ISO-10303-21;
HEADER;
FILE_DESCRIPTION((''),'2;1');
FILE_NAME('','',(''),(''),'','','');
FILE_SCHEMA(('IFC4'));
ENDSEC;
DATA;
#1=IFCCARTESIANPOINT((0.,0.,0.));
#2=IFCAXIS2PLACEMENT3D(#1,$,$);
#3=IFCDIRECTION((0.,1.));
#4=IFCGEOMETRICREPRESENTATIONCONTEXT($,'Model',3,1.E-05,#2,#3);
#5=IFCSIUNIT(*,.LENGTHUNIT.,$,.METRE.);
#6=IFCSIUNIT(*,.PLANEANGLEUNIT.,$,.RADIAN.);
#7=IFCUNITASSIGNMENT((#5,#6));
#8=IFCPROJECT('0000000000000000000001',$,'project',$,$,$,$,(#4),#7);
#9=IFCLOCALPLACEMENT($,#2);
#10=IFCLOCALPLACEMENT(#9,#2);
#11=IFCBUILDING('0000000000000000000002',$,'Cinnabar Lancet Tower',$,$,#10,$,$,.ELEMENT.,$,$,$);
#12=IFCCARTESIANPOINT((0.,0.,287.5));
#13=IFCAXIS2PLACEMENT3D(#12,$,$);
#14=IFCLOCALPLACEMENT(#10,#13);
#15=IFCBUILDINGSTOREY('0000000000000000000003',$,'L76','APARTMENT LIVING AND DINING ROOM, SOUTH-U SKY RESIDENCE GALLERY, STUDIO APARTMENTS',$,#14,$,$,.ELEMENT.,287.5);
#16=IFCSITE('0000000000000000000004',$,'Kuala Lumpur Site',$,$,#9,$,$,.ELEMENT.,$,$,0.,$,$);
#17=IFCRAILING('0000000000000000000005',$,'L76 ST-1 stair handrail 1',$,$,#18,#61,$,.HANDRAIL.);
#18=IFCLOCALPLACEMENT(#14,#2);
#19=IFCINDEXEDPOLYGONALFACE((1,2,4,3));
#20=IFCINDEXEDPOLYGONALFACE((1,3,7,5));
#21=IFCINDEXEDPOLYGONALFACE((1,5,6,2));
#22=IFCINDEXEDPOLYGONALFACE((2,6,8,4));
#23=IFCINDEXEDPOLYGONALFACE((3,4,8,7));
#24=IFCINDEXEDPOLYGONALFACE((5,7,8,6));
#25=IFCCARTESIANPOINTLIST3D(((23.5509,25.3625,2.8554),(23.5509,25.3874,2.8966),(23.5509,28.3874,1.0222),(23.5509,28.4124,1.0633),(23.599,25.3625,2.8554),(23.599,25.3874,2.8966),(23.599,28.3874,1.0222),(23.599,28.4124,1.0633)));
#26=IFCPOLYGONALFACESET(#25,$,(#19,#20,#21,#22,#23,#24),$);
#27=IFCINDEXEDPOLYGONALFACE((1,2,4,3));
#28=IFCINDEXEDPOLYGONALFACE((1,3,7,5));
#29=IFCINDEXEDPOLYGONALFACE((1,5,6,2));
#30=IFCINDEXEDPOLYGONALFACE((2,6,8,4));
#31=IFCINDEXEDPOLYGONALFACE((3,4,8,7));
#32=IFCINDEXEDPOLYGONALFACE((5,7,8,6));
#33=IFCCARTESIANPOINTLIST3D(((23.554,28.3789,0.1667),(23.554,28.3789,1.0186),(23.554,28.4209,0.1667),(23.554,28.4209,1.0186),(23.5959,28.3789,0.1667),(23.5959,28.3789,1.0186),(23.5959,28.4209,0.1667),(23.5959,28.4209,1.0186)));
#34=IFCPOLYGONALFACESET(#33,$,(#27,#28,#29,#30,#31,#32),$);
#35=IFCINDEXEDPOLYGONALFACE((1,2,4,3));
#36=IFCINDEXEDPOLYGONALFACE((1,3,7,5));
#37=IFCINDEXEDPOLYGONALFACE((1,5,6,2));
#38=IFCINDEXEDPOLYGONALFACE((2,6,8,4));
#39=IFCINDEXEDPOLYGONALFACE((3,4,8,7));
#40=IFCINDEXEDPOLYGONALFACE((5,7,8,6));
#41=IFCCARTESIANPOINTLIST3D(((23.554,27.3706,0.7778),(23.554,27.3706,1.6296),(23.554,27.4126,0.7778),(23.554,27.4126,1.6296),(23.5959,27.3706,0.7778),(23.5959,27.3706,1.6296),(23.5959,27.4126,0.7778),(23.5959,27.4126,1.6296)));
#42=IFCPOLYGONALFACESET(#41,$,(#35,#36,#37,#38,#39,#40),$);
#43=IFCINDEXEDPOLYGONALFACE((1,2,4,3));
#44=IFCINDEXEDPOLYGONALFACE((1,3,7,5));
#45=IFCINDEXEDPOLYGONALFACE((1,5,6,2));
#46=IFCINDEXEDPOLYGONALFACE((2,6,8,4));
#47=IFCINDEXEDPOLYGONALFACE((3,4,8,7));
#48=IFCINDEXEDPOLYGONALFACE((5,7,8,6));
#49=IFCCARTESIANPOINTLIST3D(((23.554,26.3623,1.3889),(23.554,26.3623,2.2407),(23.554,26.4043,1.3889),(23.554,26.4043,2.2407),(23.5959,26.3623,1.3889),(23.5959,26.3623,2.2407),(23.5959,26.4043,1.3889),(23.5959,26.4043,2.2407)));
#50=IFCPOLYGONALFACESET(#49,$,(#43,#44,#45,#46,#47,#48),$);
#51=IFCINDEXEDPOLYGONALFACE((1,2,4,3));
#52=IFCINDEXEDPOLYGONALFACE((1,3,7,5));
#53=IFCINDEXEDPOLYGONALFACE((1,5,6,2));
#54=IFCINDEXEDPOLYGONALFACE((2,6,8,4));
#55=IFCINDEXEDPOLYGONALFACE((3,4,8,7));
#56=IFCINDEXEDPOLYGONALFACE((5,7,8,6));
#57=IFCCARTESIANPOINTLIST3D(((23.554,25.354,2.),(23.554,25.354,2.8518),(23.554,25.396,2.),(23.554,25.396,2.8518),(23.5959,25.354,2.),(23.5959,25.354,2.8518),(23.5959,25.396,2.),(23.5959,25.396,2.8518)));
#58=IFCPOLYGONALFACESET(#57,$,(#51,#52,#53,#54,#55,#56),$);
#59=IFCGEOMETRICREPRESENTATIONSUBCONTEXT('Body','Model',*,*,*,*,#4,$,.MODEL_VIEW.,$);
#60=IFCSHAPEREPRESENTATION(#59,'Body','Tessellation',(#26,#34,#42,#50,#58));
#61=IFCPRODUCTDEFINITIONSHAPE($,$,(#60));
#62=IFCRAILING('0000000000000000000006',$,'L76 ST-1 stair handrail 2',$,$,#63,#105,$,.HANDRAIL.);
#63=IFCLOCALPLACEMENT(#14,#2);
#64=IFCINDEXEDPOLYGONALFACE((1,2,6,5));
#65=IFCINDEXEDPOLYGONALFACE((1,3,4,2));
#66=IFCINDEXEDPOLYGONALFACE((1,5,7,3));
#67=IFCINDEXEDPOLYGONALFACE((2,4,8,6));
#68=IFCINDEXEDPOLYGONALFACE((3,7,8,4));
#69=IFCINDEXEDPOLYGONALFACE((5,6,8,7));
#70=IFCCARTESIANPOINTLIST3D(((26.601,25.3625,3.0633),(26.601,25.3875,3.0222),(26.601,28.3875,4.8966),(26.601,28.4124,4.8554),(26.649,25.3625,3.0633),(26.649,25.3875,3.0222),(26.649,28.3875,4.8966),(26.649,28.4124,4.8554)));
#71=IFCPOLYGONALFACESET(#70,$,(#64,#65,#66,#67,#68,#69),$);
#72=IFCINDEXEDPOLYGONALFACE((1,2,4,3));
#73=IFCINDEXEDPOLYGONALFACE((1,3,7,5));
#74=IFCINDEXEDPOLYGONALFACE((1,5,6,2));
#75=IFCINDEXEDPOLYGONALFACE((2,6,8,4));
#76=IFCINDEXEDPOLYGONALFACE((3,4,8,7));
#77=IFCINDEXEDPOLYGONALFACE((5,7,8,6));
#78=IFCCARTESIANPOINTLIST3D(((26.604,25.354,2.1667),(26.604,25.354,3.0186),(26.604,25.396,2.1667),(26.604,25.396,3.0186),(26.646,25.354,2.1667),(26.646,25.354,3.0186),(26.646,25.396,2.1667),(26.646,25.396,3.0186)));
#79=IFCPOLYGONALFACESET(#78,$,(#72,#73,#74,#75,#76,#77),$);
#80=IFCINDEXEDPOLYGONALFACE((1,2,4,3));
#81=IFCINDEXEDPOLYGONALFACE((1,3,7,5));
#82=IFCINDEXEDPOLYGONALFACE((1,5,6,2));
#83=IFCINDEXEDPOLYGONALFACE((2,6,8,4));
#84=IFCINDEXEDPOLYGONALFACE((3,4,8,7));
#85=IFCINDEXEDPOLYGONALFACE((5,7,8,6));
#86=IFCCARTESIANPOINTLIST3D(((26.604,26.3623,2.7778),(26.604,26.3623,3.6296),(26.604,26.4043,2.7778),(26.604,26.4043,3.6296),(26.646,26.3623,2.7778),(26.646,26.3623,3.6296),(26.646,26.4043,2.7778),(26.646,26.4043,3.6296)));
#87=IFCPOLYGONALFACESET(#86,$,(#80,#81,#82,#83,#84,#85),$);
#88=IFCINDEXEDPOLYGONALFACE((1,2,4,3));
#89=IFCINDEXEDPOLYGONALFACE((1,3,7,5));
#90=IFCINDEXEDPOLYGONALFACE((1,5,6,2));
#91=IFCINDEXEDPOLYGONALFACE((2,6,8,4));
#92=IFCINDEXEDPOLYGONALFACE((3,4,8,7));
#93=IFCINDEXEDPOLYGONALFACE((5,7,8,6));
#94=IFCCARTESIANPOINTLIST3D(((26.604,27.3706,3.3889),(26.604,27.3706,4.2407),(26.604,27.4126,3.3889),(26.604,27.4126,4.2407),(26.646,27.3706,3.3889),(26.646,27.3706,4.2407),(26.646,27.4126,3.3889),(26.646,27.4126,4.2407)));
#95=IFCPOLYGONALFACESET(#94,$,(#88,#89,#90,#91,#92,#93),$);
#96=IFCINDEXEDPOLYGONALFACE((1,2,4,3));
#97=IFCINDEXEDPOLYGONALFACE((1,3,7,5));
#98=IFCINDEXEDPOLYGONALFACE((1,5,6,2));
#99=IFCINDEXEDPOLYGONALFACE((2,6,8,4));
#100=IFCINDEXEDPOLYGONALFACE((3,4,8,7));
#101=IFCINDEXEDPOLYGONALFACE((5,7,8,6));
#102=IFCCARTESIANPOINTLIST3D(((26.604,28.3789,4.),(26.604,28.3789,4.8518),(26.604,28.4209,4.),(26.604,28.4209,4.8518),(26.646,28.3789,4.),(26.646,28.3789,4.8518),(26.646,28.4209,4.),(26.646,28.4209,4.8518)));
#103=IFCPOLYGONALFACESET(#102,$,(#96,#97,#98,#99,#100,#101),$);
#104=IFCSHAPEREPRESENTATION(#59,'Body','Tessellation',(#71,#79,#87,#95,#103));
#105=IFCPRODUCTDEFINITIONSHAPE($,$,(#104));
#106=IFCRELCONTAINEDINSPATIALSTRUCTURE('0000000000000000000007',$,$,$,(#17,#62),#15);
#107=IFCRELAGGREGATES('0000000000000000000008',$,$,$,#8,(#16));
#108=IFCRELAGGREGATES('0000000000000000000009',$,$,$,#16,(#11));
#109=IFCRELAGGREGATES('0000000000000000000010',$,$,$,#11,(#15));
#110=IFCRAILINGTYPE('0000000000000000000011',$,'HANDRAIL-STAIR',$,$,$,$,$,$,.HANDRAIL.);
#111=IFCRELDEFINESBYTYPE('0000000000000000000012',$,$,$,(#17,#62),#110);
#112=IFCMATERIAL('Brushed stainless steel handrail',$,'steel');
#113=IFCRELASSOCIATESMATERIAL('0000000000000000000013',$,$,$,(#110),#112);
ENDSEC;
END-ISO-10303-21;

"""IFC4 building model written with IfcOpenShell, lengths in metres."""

from ifc_helpers import new_model, si_unit, direction, frame, origin, origin_2d, place, context, subcontext, project, spatial, rectangle, extrude, material, type_object, element, save


model = new_model("IFC4")

# Units and contexts
model_context = context("Model", 3, precision=1e-05, world=origin(), true_north=direction((0.0, 1.0)))
body_context = subcontext(model_context, "Body", "Model", "MODEL_VIEW")
ifc_project = project(units=[si_unit("LENGTHUNIT", "METRE"), si_unit("PLANEANGLEUNIT", "RADIAN")], contexts=[model_context])

# Site, building, storey
site_placement = place(None, origin())
site = spatial("IfcSite", under=ifc_project, at=site_placement, Name="Kuala Lumpur Site", CompositionType="ELEMENT", RefElevation=0.0)
building_placement = place(site_placement, origin())
building = spatial("IfcBuilding", under=site, at=building_placement, Name="Cinnabar Lancet Tower", CompositionType="ELEMENT")
storey_placement = place(building_placement, frame((0.0, 0.0, 287.5)))
storey = spatial("IfcBuildingStorey", under=building, at=storey_placement, Name="L76", Description="APARTMENT LIVING AND DINING ROOM, SOUTH-U SKY RESIDENCE GALLERY, STUDIO APARTMENTS", CompositionType="ELEMENT", Elevation=287.5)

# Railings
ifc_material_1 = material(Name="Brushed stainless steel handrail", Category="steel")
railing_type_1 = type_object("IfcRailingType", Name="HANDRAIL-STAIR", PredefinedType="HANDRAIL", material=ifc_material_1)
railing_1_placement = place(storey_placement, frame((23.575, 28.3999, 0.1667)))
element("IfcRailing", 1, at=railing_1_placement, inside=storey, type_object=railing_type_1, Name="L76 ST-1 stair handrail 1", PredefinedType="HANDRAIL", context=body_context, shape_type="SweptSolid", body=[
    extrude(rectangle(XDim=0.0481, YDim=0.0481, at=origin_2d()), frame((0.0, 0.0, 0.876), z_axis=(0.0, -0.855201, 0.518297), x_axis=(1.0, 0.0, 0.0)), (0.0, 0.0, 1.0), 3.5371),
    extrude(rectangle(XDim=0.042, YDim=0.042, at=origin_2d()), origin(), (0.0, 0.0, 1.0), 0.8518),
    extrude(rectangle(XDim=0.042, YDim=0.042, at=origin_2d()), frame((0.0, -1.0083, 0.6111)), (0.0, 0.0, 1.0), 0.8518),
    extrude(rectangle(XDim=0.042, YDim=0.042, at=origin_2d()), frame((0.0, -2.0166, 1.2222)), (0.0, 0.0, 1.0), 0.8518),
    extrude(rectangle(XDim=0.042, YDim=0.042, at=origin_2d()), frame((0.0, -3.0249, 1.8333)), (0.0, 0.0, 1.0), 0.8518),
])
railing_2_placement = place(storey_placement, frame((26.625, 25.375, 2.1667)))
element("IfcRailing", 2, at=railing_2_placement, inside=storey, type_object=railing_type_1, Name="L76 ST-1 stair handrail 2", PredefinedType="HANDRAIL", context=body_context, shape_type="SweptSolid", body=[
    extrude(rectangle(XDim=0.0481, YDim=0.0481, at=origin_2d()), frame((0.0, 0.0, 0.876), z_axis=(0.0, 0.855201, 0.518297), x_axis=(-1.0, 0.0, 0.0)), (0.0, 0.0, 1.0), 3.5371),
    extrude(rectangle(XDim=0.042, YDim=0.042, at=origin_2d()), origin(), (0.0, 0.0, 1.0), 0.8518),
    extrude(rectangle(XDim=0.042, YDim=0.042, at=origin_2d()), frame((0.0, 1.0083, 0.6111)), (0.0, 0.0, 1.0), 0.8518),
    extrude(rectangle(XDim=0.042, YDim=0.042, at=origin_2d()), frame((0.0, 2.0166, 1.2222)), (0.0, 0.0, 1.0), 0.8518),
    extrude(rectangle(XDim=0.042, YDim=0.042, at=origin_2d()), frame((0.0, 3.0249, 1.8333)), (0.0, 0.0, 1.0), 0.8518),
])

save(model, "model.ifc")
